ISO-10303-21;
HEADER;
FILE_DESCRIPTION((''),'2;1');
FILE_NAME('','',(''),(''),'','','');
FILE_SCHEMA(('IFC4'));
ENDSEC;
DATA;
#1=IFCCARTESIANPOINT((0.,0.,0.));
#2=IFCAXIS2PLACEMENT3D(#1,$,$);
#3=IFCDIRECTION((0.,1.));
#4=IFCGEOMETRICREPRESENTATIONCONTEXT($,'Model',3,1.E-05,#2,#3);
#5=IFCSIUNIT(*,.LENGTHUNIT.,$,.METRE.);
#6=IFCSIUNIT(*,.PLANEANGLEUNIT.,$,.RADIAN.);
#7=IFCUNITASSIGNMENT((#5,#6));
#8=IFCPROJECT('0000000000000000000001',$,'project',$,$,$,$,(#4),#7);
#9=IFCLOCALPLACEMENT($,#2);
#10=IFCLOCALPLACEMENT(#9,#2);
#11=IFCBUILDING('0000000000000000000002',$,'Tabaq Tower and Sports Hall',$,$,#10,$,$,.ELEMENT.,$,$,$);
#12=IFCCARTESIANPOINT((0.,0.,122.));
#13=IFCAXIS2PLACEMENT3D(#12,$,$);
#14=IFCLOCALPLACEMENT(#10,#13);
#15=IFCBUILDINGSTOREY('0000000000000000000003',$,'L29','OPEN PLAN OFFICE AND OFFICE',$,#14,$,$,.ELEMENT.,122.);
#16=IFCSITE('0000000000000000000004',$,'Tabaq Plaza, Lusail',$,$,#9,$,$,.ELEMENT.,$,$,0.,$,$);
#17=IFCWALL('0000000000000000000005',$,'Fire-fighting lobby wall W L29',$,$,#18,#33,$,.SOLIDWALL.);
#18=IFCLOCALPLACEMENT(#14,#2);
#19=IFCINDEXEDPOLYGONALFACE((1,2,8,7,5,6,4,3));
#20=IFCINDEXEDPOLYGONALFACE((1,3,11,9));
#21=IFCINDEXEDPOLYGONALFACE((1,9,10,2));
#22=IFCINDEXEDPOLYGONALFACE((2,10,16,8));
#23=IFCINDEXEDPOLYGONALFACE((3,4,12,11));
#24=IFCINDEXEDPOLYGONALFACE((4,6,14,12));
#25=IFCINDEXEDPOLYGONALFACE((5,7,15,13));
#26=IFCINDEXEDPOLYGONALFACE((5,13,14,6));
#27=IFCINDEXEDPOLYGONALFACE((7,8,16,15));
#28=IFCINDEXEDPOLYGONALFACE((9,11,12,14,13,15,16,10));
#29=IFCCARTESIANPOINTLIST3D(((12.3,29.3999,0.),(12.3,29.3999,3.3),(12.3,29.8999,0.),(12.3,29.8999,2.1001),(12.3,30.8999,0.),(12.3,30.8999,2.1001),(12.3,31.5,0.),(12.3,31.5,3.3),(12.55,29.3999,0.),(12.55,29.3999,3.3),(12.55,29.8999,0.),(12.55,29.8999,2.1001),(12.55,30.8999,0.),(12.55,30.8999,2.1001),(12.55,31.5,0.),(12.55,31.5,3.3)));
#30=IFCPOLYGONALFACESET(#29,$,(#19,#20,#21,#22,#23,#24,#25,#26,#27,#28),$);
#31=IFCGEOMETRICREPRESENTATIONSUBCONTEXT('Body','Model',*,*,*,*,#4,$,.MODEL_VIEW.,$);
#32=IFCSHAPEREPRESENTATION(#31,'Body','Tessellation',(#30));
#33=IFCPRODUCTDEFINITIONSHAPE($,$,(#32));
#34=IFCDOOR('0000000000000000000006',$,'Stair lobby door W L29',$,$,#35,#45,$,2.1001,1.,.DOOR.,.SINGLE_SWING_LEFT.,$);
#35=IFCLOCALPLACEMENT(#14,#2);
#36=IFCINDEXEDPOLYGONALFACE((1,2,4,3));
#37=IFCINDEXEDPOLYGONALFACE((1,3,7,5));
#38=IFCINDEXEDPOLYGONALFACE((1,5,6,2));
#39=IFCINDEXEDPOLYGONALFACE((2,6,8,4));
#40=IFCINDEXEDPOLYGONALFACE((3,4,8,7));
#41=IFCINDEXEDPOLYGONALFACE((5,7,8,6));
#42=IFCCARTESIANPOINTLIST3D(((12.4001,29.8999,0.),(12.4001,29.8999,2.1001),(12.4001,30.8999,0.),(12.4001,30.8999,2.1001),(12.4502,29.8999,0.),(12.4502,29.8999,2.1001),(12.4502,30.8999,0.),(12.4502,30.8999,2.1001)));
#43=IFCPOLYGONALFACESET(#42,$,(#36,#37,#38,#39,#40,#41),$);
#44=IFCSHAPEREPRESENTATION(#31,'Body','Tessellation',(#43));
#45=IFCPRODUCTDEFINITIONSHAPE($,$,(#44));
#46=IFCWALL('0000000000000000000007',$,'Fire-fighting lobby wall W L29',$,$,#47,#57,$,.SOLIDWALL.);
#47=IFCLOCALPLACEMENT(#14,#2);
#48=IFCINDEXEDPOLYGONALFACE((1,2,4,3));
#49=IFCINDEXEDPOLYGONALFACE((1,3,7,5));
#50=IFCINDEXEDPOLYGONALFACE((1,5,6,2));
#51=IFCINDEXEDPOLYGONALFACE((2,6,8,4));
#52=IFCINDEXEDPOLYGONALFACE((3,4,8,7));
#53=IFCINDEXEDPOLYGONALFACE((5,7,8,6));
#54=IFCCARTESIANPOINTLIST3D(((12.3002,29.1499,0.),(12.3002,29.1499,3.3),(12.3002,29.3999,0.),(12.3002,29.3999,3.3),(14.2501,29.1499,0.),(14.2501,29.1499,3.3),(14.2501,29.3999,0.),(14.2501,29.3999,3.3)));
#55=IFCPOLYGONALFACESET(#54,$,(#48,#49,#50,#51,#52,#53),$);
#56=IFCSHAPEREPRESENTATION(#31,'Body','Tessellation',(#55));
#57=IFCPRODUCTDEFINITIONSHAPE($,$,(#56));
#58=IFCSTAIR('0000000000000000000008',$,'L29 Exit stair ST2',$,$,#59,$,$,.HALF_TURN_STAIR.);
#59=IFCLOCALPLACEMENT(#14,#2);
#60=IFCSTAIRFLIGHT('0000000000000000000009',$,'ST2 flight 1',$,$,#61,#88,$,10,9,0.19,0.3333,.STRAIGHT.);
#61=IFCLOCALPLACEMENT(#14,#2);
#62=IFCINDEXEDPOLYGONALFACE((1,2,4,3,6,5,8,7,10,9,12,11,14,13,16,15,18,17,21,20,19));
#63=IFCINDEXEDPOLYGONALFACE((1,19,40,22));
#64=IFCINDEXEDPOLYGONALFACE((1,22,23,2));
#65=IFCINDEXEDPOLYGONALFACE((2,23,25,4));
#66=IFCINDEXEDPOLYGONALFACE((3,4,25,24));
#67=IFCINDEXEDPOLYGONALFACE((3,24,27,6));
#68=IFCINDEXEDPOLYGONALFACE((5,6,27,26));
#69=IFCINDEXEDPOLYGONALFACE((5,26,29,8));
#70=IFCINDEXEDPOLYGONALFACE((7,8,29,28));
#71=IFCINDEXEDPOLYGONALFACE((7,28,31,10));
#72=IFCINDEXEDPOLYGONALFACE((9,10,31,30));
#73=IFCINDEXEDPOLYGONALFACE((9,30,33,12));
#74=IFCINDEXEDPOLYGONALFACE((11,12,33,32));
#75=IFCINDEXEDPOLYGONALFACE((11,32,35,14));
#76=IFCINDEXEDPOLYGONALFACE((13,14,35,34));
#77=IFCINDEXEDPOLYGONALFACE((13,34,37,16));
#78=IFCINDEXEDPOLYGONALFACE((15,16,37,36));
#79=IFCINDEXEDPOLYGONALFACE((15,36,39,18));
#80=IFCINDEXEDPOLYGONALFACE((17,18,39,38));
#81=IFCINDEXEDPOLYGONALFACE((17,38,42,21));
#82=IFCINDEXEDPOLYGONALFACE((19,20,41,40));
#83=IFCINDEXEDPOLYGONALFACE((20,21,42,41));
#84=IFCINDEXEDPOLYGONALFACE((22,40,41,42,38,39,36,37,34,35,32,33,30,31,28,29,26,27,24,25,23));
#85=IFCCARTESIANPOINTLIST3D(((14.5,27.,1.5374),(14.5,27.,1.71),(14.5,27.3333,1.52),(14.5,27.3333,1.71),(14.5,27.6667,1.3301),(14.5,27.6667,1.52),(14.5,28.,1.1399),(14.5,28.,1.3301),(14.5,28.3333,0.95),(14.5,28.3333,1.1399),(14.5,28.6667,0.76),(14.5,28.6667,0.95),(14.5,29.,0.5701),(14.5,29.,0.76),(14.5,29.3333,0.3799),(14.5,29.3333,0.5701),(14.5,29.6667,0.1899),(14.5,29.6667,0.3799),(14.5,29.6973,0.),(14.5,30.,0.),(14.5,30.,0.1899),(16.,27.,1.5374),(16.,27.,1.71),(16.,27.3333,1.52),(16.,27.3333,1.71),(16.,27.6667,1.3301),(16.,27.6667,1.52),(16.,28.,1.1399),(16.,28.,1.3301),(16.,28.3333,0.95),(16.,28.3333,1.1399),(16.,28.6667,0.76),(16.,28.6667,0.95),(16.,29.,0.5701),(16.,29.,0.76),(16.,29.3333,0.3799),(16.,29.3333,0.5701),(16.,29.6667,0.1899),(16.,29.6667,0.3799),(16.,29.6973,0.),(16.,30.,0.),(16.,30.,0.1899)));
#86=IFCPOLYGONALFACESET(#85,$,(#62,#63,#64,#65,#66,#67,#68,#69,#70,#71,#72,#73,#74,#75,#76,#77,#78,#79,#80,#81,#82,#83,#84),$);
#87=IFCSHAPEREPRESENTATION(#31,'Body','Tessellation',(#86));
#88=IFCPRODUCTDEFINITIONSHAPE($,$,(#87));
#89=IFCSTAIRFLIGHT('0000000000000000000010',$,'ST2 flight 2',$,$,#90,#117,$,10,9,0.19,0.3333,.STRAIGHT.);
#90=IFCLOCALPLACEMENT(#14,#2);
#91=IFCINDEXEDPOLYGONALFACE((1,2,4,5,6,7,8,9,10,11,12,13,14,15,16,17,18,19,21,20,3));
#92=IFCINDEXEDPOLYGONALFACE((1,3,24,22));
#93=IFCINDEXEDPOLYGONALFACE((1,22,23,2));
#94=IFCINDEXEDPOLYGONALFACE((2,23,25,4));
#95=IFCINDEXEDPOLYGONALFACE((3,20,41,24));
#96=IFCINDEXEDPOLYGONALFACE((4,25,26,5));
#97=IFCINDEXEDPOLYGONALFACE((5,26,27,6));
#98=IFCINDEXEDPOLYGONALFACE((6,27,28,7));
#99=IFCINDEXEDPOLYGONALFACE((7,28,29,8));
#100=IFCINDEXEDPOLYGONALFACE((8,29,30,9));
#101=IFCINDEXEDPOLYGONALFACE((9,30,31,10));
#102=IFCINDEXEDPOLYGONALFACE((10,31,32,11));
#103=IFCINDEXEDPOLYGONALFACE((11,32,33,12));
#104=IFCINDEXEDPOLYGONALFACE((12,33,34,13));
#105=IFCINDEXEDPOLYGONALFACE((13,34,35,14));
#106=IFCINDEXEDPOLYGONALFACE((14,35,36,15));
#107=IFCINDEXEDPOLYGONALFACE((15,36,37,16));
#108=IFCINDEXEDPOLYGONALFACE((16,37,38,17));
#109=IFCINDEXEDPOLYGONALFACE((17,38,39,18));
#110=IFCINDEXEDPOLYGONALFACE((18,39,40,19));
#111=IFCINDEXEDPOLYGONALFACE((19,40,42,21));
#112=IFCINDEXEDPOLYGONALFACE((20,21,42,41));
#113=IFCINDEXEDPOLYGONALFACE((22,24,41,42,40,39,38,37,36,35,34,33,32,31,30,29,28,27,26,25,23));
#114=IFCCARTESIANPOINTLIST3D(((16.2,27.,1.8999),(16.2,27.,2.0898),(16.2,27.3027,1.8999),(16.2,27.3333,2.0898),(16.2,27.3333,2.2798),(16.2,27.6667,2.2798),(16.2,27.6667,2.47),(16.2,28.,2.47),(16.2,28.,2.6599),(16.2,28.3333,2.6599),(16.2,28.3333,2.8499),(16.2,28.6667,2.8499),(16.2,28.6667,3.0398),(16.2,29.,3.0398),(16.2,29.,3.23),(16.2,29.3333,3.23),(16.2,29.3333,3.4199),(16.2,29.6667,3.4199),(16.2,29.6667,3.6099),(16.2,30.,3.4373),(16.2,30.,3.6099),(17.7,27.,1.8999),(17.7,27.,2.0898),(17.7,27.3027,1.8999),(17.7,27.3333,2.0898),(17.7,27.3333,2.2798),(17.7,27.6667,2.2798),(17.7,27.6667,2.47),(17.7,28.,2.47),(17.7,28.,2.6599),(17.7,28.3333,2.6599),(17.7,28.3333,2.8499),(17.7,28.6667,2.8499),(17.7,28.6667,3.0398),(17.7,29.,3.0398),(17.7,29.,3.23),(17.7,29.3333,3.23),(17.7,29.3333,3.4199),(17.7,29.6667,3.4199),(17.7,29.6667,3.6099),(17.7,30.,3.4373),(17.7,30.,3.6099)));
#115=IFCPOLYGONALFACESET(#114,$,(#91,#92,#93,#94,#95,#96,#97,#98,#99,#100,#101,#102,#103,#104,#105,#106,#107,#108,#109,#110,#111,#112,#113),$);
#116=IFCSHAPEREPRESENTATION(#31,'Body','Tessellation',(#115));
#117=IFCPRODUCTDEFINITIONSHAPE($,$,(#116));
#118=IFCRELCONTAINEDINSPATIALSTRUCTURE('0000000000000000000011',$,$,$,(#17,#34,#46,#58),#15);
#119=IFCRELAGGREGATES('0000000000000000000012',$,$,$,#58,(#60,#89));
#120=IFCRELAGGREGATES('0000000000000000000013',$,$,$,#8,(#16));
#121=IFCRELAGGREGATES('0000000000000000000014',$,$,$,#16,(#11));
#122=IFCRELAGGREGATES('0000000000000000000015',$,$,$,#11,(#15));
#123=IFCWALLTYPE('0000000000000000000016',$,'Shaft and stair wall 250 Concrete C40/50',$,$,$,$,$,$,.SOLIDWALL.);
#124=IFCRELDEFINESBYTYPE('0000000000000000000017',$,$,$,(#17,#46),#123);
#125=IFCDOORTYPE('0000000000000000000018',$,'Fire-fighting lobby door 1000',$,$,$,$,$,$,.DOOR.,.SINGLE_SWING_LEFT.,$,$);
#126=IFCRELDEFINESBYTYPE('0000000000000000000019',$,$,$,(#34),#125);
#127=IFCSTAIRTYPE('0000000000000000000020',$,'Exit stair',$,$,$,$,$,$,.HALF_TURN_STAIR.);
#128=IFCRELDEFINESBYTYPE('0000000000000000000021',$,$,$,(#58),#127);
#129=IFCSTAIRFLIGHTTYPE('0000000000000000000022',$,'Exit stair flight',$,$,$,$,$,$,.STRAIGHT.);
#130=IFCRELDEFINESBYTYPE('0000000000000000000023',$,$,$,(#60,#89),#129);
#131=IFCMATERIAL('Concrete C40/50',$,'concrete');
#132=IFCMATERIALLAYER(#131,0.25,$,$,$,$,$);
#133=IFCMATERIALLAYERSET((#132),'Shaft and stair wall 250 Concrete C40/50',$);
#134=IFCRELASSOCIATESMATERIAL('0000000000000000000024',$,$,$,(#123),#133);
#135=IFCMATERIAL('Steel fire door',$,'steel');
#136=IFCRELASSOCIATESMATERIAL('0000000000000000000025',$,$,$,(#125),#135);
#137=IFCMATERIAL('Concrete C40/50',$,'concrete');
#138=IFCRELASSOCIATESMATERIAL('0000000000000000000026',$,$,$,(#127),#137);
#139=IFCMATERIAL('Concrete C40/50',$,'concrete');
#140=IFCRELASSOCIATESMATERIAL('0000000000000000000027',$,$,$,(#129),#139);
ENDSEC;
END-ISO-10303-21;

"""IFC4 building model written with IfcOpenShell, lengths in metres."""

from ifc_helpers import new_model, si_unit, direction, frame, frame_2d, origin, place, context, subcontext, project, spatial, polyline, rectangle, outline, extrude, material, layer, layer_set, type_object, element, fill, aggregate, save


model = new_model("IFC4")

# Units and contexts
model_context = context("Model", 3, precision=1e-05, world=origin(), true_north=direction((0.0, 1.0)))
body_context = subcontext(model_context, "Body", "Model", "MODEL_VIEW")
ifc_project = project(units=[si_unit("LENGTHUNIT", "METRE"), si_unit("PLANEANGLEUNIT", "RADIAN")], contexts=[model_context])

# Site, building, storey
site_placement = place(None, origin())
site = spatial("IfcSite", under=ifc_project, at=site_placement, Name="Tabaq Plaza, Lusail", CompositionType="ELEMENT", RefElevation=0.0)
building_placement = place(site_placement, origin())
building = spatial("IfcBuilding", under=site, at=building_placement, Name="Tabaq Tower and Sports Hall", CompositionType="ELEMENT")
storey_placement = place(building_placement, frame((0.0, 0.0, 122.0)))
storey = spatial("IfcBuildingStorey", under=building, at=storey_placement, Name="L29", Description="OPEN PLAN OFFICE AND OFFICE", CompositionType="ELEMENT", Elevation=122.0)

# Shared definitions
ifc_material_1 = material(Name="Concrete C40/50", Category="concrete")
ifc_layer_1 = layer(ifc_material_1, 0.25)
ifc_layer_set_1 = layer_set([ifc_layer_1], Name="Shaft and stair wall 250 Concrete C40/50")
wall_type_1 = type_object("IfcWallType", Name="Shaft and stair wall 250 Concrete C40/50", PredefinedType="SOLIDWALL", material=ifc_layer_set_1)

# Wall, opening, door
wall_1_placement = place(storey_placement, frame((12.425, 29.3999, 0.0), z_axis=(0.0, 0.0, 1.0), x_axis=(0.0, 1.0, 0.0)))
wall_1 = element("IfcWall", 1, at=wall_1_placement, inside=storey, type_object=wall_type_1, Name="Fire-fighting lobby wall W L29", PredefinedType="SOLIDWALL", context=body_context, shape_type="SweptSolid", body=[
    extrude(rectangle(XDim=2.1001, YDim=0.25, at=frame_2d((1.05, 0.0))), origin(), (0.0, 0.0, 1.0), 3.3),
])
opening_placement = place(wall_1_placement, frame((0.5, 0.0, 0.0)))
opening = element("IfcOpeningElement", 2, at=opening_placement, cuts=wall_1, PredefinedType="OPENING", context=body_context, shape_type="SweptSolid", body=[
    extrude(rectangle(XDim=1.0, YDim=2.1001, at=frame_2d((0.5, 1.05))), frame((0.0, 0.125, 0.0), z_axis=(0.0, -1.0, 0.0), x_axis=(1.0, 0.0, 0.0)), (0.0, 0.0, 1.0), 0.25),
])
ifc_material_2 = material(Name="Steel fire door", Category="steel")
door_type = type_object("IfcDoorType", Name="Fire-fighting lobby door 1000", OperationType="SINGLE_SWING_LEFT", PredefinedType="DOOR", material=ifc_material_2)
door_placement = place(opening_placement, origin())
door = element("IfcDoor", 3, at=door_placement, inside=storey, type_object=door_type, Name="Stair lobby door W L29", OperationType="SINGLE_SWING_LEFT", OverallHeight=2.1001, OverallWidth=1.0, PredefinedType="DOOR", context=body_context, shape_type="SweptSolid", body=[
    extrude(rectangle(XDim=1.0, YDim=2.1001, at=frame_2d((0.5, 1.05))), frame((0.0, 0.0249, 0.0), z_axis=(0.0, -1.0, 0.0), x_axis=(1.0, 0.0, 0.0)), (0.0, 0.0, 1.0), 0.05),
])
fill(opening, door)

# Wall
wall_2_placement = place(storey_placement, frame((12.3, 29.2749, 0.0), z_axis=(0.0, 0.0, 1.0), x_axis=(1.0, 0.0, 0.0)))
element("IfcWall", 4, at=wall_2_placement, inside=storey, type_object=wall_type_1, Name="Fire-fighting lobby wall W L29", PredefinedType="SOLIDWALL", context=body_context, shape_type="SweptSolid", body=[
    extrude(rectangle(XDim=1.95, YDim=0.25, at=frame_2d((0.9751, 0.0))), origin(), (0.0, 0.0, 1.0), 3.3),
])

# Stair, stair flights
ifc_material_3 = material(Name="Concrete C40/50", Category="concrete")
stair_type = type_object("IfcStairType", Name="Exit stair", PredefinedType="HALF_TURN_STAIR", material=ifc_material_3)
stair_placement = place(storey_placement, origin())
stair = element("IfcStair", 5, at=stair_placement, inside=storey, type_object=stair_type, Name="L29 Exit stair ST2", PredefinedType="HALF_TURN_STAIR")
ifc_material_4 = material(Name="Concrete C40/50", Category="concrete")
stair_flight_type = type_object("IfcStairFlightType", Name="Exit stair flight", PredefinedType="STRAIGHT", material=ifc_material_4)
stair_flight_1_placement = place(storey_placement, frame((15.25, 30.0, 0.0), z_axis=(0.0, 0.0, 1.0), x_axis=(0.0, -1.0, 0.0)))
stair_flight_1 = element("IfcStairFlight", 6, at=stair_flight_1_placement, type_object=stair_flight_type, Name="ST2 flight 1", NumberOfRisers=10, NumberOfTreads=9, PredefinedType="STRAIGHT", RiserHeight=0.19, TreadLength=0.3333, context=body_context, shape_type="SweptSolid", body=[
    extrude(outline(polyline([(0.0, 0.0), (0.0, 0.1899), (0.3333, 0.1899), (0.3333, 0.3799), (0.6667, 0.3799), (0.6667, 0.5701), (1.0, 0.5701), (1.0, 0.76), (1.3333, 0.76), (1.3333, 0.95), (1.6667, 0.95), (1.6667, 1.1399), (2.0, 1.1399), (2.0, 1.3301), (2.3333, 1.3301), (2.3333, 1.52), (2.6667, 1.52), (2.6667, 1.71), (3.0, 1.71), (3.0, 1.8999), (3.0, 1.5374), (0.3027, 0.0), (0.0, 0.0)])), frame((0.0, 0.75, 0.0), z_axis=(0.0, -1.0, 0.0), x_axis=(1.0, 0.0, 0.0)), (0.0, 0.0, 1.0), 1.5),
])
stair_flight_2_placement = place(storey_placement, frame((16.95, 27.0, 1.8999), z_axis=(0.0, 0.0, 1.0), x_axis=(0.0, 1.0, 0.0)))
stair_flight_2 = element("IfcStairFlight", 7, at=stair_flight_2_placement, type_object=stair_flight_type, Name="ST2 flight 2", NumberOfRisers=10, NumberOfTreads=9, PredefinedType="STRAIGHT", RiserHeight=0.19, TreadLength=0.3333, context=body_context, shape_type="SweptSolid", body=[
    extrude(outline(polyline([(0.0, 0.0), (0.0, 0.1899), (0.3333, 0.1899), (0.3333, 0.3799), (0.6667, 0.3799), (0.6667, 0.5701), (1.0, 0.5701), (1.0, 0.76), (1.3333, 0.76), (1.3333, 0.95), (1.6667, 0.95), (1.6667, 1.1399), (2.0, 1.1399), (2.0, 1.3301), (2.3333, 1.3301), (2.3333, 1.52), (2.6667, 1.52), (2.6667, 1.71), (3.0, 1.71), (3.0, 1.8999), (3.0, 1.5374), (0.3027, 0.0), (0.0, 0.0)])), frame((0.0, 0.75, 0.0), z_axis=(0.0, -1.0, 0.0), x_axis=(1.0, 0.0, 0.0)), (0.0, 0.0, 1.0), 1.5),
])
aggregate(stair, [stair_flight_1, stair_flight_2])

save(model, "model.ifc")
